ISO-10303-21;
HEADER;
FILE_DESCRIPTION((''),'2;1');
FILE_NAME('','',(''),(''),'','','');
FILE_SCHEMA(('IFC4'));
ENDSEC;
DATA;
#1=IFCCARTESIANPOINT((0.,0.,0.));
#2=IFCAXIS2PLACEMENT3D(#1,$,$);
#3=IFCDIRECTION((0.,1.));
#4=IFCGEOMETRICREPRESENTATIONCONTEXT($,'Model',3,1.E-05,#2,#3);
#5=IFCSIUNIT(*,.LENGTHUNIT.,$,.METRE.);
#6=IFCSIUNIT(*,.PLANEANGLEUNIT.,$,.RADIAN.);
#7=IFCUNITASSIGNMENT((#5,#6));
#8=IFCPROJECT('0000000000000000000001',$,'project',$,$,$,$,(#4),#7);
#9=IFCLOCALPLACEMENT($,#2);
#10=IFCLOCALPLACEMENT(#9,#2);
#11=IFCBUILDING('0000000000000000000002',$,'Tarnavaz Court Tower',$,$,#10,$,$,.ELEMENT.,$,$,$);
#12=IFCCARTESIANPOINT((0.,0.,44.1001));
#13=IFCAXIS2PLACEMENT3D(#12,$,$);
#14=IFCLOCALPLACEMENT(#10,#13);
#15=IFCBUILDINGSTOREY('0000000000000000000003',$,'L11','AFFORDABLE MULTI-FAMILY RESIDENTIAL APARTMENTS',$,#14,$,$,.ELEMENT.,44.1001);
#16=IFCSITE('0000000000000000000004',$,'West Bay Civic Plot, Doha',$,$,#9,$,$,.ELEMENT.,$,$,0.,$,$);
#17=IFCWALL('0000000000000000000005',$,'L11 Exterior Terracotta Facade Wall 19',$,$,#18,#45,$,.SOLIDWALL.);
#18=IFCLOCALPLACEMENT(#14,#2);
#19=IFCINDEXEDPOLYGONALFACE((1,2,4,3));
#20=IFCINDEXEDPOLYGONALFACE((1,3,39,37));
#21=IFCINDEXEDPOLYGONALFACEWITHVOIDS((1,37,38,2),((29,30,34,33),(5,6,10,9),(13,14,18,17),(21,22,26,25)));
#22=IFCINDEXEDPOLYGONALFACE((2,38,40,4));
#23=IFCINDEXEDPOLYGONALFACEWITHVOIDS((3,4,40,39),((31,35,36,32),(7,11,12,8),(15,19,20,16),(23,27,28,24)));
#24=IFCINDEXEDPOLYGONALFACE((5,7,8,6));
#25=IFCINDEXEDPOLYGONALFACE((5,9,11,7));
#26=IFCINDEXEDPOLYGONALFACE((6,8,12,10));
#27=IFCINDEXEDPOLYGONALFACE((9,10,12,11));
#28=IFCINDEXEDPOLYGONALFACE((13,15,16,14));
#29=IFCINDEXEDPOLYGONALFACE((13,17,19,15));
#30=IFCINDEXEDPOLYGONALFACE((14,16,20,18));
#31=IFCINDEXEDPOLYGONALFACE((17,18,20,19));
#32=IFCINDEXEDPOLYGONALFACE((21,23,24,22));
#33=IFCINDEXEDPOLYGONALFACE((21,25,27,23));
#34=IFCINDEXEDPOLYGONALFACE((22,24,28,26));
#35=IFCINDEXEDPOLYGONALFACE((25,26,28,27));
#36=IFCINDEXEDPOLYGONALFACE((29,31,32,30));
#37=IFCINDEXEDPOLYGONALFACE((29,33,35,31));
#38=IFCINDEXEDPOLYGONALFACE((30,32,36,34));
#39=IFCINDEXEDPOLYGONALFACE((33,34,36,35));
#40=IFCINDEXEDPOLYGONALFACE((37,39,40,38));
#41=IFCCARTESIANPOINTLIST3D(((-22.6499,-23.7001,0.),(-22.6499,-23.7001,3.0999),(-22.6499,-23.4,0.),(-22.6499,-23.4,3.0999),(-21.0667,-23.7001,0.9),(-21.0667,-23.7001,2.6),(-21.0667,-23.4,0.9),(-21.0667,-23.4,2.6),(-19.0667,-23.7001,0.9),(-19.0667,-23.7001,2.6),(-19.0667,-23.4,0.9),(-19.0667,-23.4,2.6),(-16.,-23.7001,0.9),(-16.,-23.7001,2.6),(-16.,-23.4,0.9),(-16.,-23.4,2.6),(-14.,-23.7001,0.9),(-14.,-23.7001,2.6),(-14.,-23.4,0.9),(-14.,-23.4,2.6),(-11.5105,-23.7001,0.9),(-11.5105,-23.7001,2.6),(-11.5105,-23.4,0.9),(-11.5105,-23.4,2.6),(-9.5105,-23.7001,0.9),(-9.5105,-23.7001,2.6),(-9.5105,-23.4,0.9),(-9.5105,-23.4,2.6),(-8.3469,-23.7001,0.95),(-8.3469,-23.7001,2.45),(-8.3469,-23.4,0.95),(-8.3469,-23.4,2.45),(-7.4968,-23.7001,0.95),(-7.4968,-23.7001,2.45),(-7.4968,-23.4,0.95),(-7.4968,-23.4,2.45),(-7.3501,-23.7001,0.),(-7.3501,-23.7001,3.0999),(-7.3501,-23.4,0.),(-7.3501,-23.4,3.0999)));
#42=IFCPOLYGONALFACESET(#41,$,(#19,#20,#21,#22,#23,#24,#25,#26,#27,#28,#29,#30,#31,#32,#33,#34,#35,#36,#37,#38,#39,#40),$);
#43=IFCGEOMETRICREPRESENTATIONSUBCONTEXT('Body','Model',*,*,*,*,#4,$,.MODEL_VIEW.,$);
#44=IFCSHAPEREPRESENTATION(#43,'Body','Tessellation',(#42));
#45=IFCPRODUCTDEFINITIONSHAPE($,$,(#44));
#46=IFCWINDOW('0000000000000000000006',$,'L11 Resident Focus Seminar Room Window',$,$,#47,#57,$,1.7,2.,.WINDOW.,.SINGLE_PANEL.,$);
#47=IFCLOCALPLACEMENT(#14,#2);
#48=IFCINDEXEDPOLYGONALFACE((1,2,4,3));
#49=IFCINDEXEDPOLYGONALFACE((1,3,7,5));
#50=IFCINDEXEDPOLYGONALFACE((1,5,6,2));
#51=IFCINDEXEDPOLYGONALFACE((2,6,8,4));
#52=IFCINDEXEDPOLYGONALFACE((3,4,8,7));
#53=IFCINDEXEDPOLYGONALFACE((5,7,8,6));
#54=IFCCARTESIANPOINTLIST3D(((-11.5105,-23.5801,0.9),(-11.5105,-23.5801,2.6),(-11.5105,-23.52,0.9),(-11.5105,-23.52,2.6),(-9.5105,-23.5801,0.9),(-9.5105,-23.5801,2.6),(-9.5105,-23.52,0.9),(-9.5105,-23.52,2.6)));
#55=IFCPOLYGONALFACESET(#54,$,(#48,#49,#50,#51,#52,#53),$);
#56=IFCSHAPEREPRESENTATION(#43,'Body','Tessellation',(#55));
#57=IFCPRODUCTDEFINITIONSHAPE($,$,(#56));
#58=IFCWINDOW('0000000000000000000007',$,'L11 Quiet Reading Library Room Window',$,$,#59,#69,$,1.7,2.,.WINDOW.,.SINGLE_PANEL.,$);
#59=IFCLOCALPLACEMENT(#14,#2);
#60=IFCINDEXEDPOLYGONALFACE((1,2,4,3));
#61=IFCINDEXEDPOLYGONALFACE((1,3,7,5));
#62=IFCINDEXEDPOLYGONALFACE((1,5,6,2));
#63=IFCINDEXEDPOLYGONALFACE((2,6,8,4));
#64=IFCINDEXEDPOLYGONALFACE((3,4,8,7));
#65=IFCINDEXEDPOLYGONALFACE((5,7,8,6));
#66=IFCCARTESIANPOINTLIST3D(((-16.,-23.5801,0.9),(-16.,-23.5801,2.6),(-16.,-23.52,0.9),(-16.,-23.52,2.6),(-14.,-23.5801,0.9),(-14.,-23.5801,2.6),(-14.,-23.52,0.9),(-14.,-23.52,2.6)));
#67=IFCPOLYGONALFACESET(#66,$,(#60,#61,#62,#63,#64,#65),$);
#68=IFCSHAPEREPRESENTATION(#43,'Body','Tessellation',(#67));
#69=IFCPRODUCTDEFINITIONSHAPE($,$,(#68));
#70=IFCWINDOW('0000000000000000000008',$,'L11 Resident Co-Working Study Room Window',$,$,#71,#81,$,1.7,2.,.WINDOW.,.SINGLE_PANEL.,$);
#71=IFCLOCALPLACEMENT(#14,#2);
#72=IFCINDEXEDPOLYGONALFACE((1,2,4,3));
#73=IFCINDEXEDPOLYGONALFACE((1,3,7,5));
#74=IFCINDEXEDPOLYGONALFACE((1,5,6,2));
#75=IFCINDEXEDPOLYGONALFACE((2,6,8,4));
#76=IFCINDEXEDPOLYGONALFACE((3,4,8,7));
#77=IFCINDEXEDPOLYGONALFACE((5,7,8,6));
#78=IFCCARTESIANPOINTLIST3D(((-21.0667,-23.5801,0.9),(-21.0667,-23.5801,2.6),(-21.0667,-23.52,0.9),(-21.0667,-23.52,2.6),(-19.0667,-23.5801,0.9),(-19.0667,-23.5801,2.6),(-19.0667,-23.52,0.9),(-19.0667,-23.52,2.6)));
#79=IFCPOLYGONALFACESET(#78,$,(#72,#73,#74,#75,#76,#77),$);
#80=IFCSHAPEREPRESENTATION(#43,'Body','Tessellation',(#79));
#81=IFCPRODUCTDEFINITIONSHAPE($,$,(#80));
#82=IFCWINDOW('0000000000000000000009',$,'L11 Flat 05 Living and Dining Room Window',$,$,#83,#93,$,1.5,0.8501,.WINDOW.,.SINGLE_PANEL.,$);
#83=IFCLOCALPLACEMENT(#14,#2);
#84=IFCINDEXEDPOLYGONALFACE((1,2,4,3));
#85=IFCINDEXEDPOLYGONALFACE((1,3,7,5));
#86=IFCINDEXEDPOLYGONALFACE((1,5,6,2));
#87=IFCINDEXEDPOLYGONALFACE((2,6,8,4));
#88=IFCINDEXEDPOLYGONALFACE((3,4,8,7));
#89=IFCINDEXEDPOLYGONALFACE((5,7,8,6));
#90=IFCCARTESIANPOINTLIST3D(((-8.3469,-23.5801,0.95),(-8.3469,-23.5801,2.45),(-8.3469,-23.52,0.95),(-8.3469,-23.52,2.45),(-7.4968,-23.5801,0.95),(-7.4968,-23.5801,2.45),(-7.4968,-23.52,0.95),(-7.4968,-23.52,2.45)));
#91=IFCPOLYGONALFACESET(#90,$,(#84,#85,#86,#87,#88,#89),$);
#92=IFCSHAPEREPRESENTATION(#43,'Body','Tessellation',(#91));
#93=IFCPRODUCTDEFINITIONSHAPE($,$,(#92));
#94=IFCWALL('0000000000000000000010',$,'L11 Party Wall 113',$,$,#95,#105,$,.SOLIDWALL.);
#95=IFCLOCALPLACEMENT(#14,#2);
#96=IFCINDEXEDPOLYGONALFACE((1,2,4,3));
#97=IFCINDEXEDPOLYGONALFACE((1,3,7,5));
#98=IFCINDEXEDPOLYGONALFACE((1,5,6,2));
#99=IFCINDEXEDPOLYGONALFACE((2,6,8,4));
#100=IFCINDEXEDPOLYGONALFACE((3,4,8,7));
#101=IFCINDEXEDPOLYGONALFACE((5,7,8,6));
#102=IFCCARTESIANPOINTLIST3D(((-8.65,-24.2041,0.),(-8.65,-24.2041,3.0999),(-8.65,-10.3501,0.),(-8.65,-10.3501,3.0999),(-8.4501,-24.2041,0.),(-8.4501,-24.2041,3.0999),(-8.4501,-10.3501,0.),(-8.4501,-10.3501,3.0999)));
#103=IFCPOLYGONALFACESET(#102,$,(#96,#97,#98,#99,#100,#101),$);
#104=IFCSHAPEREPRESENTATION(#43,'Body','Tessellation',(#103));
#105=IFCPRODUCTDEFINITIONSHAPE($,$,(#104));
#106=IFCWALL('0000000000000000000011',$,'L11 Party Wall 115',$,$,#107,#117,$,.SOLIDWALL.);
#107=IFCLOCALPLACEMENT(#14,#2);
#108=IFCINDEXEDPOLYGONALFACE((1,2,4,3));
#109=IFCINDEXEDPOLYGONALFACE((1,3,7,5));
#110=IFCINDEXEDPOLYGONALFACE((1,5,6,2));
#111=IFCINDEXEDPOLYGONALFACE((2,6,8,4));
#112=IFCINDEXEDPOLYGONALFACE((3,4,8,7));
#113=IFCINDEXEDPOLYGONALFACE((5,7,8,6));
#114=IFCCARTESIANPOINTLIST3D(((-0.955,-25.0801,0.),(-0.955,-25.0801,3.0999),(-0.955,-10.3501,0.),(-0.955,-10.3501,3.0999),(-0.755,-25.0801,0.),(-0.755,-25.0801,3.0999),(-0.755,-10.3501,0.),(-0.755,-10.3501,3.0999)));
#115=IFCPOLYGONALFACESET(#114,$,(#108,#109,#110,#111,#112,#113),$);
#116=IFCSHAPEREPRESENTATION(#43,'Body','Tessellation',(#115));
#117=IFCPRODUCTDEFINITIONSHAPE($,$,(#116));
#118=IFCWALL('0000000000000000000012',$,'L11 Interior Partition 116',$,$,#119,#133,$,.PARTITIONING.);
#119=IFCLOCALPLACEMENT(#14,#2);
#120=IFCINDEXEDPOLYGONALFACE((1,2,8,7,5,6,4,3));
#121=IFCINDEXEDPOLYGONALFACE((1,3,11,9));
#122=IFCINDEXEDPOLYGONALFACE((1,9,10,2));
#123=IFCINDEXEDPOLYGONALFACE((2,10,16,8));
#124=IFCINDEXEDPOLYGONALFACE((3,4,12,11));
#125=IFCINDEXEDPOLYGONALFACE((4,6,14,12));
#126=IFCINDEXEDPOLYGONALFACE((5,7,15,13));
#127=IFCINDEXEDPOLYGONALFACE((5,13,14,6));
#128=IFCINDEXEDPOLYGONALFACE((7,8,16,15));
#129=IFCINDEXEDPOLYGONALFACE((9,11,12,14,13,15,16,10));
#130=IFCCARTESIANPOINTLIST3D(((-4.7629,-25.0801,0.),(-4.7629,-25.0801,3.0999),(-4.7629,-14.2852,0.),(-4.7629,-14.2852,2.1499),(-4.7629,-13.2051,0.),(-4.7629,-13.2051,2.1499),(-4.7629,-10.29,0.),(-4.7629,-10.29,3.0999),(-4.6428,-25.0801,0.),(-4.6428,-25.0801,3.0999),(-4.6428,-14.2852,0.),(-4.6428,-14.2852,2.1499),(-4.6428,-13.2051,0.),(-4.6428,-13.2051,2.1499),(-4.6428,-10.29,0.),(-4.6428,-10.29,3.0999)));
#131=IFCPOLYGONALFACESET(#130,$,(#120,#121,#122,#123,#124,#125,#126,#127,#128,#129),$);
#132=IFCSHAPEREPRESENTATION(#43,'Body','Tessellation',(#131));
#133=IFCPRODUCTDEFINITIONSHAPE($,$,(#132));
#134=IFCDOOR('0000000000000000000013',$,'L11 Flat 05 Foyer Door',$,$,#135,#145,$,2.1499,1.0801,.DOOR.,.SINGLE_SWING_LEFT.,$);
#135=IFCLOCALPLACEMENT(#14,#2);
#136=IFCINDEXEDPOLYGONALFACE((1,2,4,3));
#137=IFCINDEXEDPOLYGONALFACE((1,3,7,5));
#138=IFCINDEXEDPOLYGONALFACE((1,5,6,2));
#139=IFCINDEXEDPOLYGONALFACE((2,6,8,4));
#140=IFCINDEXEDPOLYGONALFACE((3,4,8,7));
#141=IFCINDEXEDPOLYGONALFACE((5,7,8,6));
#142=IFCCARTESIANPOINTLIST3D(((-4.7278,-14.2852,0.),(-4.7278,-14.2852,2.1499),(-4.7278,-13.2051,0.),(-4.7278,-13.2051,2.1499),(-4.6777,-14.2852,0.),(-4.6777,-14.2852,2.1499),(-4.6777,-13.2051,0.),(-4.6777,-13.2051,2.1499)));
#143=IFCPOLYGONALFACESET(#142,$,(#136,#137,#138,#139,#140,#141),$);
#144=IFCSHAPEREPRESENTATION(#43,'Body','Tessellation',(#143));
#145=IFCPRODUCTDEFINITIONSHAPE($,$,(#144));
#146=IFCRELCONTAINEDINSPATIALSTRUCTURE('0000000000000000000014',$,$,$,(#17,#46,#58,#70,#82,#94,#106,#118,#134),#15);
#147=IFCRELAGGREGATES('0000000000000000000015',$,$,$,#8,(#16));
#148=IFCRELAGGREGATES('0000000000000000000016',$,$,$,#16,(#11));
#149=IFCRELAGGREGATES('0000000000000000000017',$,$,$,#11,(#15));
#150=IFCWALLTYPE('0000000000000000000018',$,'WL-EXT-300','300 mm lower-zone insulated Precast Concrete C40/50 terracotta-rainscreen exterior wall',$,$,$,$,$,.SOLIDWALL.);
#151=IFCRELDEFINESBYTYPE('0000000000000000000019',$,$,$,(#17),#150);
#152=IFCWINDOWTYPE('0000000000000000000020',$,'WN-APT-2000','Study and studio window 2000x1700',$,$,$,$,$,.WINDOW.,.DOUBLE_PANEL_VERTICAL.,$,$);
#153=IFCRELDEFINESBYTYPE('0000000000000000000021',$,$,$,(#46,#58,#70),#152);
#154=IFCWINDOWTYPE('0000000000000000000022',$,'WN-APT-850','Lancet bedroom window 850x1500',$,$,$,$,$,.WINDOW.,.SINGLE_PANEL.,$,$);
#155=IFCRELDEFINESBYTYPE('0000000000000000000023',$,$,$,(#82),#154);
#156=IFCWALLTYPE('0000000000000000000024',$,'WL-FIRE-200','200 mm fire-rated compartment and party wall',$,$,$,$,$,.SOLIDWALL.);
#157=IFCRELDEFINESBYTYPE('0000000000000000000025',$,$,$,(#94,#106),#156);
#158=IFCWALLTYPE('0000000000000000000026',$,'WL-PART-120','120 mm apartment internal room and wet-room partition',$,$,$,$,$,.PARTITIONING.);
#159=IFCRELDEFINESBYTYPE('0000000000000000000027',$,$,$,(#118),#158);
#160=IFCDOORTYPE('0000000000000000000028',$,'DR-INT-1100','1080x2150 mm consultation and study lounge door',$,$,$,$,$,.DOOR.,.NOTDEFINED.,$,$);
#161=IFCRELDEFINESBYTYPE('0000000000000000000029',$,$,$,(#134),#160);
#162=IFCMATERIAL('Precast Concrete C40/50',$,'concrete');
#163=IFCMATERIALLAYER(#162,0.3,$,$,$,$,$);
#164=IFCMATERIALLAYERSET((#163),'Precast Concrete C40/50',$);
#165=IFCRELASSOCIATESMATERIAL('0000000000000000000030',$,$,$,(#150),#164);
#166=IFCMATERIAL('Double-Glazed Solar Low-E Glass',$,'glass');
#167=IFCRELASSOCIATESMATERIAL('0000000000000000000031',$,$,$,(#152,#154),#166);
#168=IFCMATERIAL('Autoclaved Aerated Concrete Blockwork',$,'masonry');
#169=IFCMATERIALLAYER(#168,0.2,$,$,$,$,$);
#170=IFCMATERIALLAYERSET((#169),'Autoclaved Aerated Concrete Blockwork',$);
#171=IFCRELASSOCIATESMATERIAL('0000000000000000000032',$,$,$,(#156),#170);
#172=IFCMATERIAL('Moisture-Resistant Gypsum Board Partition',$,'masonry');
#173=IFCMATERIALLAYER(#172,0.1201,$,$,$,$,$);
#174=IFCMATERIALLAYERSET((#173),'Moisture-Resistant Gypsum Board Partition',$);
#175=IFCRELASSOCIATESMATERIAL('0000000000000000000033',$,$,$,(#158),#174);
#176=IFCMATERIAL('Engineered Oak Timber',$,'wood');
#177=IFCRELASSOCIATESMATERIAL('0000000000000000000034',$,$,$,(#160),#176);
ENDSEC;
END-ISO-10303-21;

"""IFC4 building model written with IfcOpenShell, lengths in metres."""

from ifc_helpers import new_model, si_unit, direction, frame, frame_2d, origin, place, context, subcontext, project, spatial, rectangle, extrude, material, layer, layer_set, type_object, element, fill, save


model = new_model("IFC4")

# Units and contexts
model_context = context("Model", 3, precision=1e-05, world=origin(), true_north=direction((0.0, 1.0)))
body_context = subcontext(model_context, "Body", "Model", "MODEL_VIEW")
ifc_project = project(units=[si_unit("LENGTHUNIT", "METRE"), si_unit("PLANEANGLEUNIT", "RADIAN")], contexts=[model_context])

# Site, building, storey
site_placement = place(None, origin())
site = spatial("IfcSite", under=ifc_project, at=site_placement, Name="West Bay Civic Plot, Doha", CompositionType="ELEMENT", RefElevation=0.0)
building_placement = place(site_placement, origin())
building = spatial("IfcBuilding", under=site, at=building_placement, Name="Tarnavaz Court Tower", CompositionType="ELEMENT")
storey_placement = place(building_placement, frame((0.0, 0.0, 44.1001)))
storey = spatial("IfcBuildingStorey", under=building, at=storey_placement, Name="L11", Description="AFFORDABLE MULTI-FAMILY RESIDENTIAL APARTMENTS", CompositionType="ELEMENT", Elevation=44.1001)

# Shared definitions
ifc_material_1 = material(Name="Double-Glazed Solar Low-E Glass", Category="glass")

# Shared definitions
ifc_material_2 = material(Name="Precast Concrete C40/50", Category="concrete")
ifc_layer_1 = layer(ifc_material_2, 0.3)
ifc_layer_set_1 = layer_set([ifc_layer_1], Name="Precast Concrete C40/50")
wall_type_1 = type_object("IfcWallType", Name="WL-EXT-300", Description="300 mm lower-zone insulated Precast Concrete C40/50 terracotta-rainscreen exterior wall", PredefinedType="SOLIDWALL", material=ifc_layer_set_1)

# Wall, openings, windows
wall_1_placement = place(storey_placement, frame((-7.3501, -23.55, 0.0), z_axis=(0.0, 0.0, 1.0), x_axis=(-1.0, 0.0, 0.0)))
wall_1 = element("IfcWall", 1, at=wall_1_placement, inside=storey, type_object=wall_type_1, Name="L11 Exterior Terracotta Facade Wall 19", PredefinedType="SOLIDWALL", context=body_context, shape_type="SweptSolid", body=[
    extrude(rectangle(XDim=15.2998, YDim=0.3, at=frame_2d((7.6499, 0.0))), origin(), (0.0, 0.0, 1.0), 3.0999),
])
opening_1_placement = place(wall_1_placement, frame((0.1467, 0.0, 0.95)))
opening_1 = element("IfcOpeningElement", 2, at=opening_1_placement, cuts=wall_1, PredefinedType="OPENING", context=body_context, shape_type="SweptSolid", body=[
    extrude(rectangle(XDim=0.8501, YDim=1.5, at=frame_2d((0.425, 0.75))), frame((0.0, 0.1599, 0.0), z_axis=(0.0, -1.0, 0.0), x_axis=(1.0, 0.0, 0.0)), (0.0, 0.0, 1.0), 0.3201),
])
opening_2_placement = place(wall_1_placement, frame((2.1604, 0.0, 0.8999)))
opening_2 = element("IfcOpeningElement", 3, at=opening_2_placement, cuts=wall_1, PredefinedType="OPENING", context=body_context, shape_type="SweptSolid", body=[
    extrude(rectangle(XDim=2.0, YDim=1.7, at=frame_2d((1.0, 0.8501))), frame((0.0, 0.1599, 0.0), z_axis=(0.0, -1.0, 0.0), x_axis=(1.0, 0.0, 0.0)), (0.0, 0.0, 1.0), 0.3201),
])
opening_3_placement = place(wall_1_placement, frame((6.6499, 0.0, 0.8999)))
opening_3 = element("IfcOpeningElement", 4, at=opening_3_placement, cuts=wall_1, PredefinedType="OPENING", context=body_context, shape_type="SweptSolid", body=[
    extrude(rectangle(XDim=2.0, YDim=1.7, at=frame_2d((1.0, 0.8501))), frame((0.0, 0.1599, 0.0), z_axis=(0.0, -1.0, 0.0), x_axis=(1.0, 0.0, 0.0)), (0.0, 0.0, 1.0), 0.3201),
])
opening_4_placement = place(wall_1_placement, frame((11.7166, 0.0, 0.8999)))
opening_4 = element("IfcOpeningElement", 5, at=opening_4_placement, cuts=wall_1, PredefinedType="OPENING", context=body_context, shape_type="SweptSolid", body=[
    extrude(rectangle(XDim=2.0, YDim=1.7, at=frame_2d((1.0, 0.8501))), frame((0.0, 0.1599, 0.0), z_axis=(0.0, -1.0, 0.0), x_axis=(1.0, 0.0, 0.0)), (0.0, 0.0, 1.0), 0.3201),
])
window_type_1 = type_object("IfcWindowType", Name="WN-APT-2000", Description="Study and studio window 2000x1700", PartitioningType="DOUBLE_PANEL_VERTICAL", PredefinedType="WINDOW", material=ifc_material_1)
window_1_placement = place(opening_2_placement, origin())
window_1 = element("IfcWindow", 6, at=window_1_placement, inside=storey, type_object=window_type_1, Name="L11 Resident Focus Seminar Room Window", OverallHeight=1.7, OverallWidth=2.0, PartitioningType="SINGLE_PANEL", PredefinedType="WINDOW", context=body_context, shape_type="SweptSolid", body=[
    extrude(rectangle(XDim=2.0, YDim=1.7, at=frame_2d((1.0, 0.8501))), frame((0.0, 0.03, 0.0), z_axis=(0.0, -1.0, 0.0), x_axis=(1.0, 0.0, 0.0)), (0.0, 0.0, 1.0), 0.0601),
])
fill(opening_2, window_1)
window_2_placement = place(opening_3_placement, origin())
window_2 = element("IfcWindow", 7, at=window_2_placement, inside=storey, type_object=window_type_1, Name="L11 Quiet Reading Library Room Window", OverallHeight=1.7, OverallWidth=2.0, PartitioningType="SINGLE_PANEL", PredefinedType="WINDOW", context=body_context, shape_type="SweptSolid", body=[
    extrude(rectangle(XDim=2.0, YDim=1.7, at=frame_2d((1.0, 0.8501))), frame((0.0, 0.03, 0.0), z_axis=(0.0, -1.0, 0.0), x_axis=(1.0, 0.0, 0.0)), (0.0, 0.0, 1.0), 0.0601),
])
fill(opening_3, window_2)
window_3_placement = place(opening_4_placement, origin())
window_3 = element("IfcWindow", 8, at=window_3_placement, inside=storey, type_object=window_type_1, Name="L11 Resident Co-Working Study Room Window", OverallHeight=1.7, OverallWidth=2.0, PartitioningType="SINGLE_PANEL", PredefinedType="WINDOW", context=body_context, shape_type="SweptSolid", body=[
    extrude(rectangle(XDim=2.0, YDim=1.7, at=frame_2d((1.0, 0.8501))), frame((0.0, 0.03, 0.0), z_axis=(0.0, -1.0, 0.0), x_axis=(1.0, 0.0, 0.0)), (0.0, 0.0, 1.0), 0.0601),
])
fill(opening_4, window_3)
window_type_2 = type_object("IfcWindowType", Name="WN-APT-850", Description="Lancet bedroom window 850x1500", PartitioningType="SINGLE_PANEL", PredefinedType="WINDOW", material=ifc_material_1)
window_4_placement = place(opening_1_placement, origin())
window_4 = element("IfcWindow", 9, at=window_4_placement, inside=storey, type_object=window_type_2, Name="L11 Flat 05 Living and Dining Room Window", OverallHeight=1.5, OverallWidth=0.8501, PartitioningType="SINGLE_PANEL", PredefinedType="WINDOW", context=body_context, shape_type="SweptSolid", body=[
    extrude(rectangle(XDim=0.8501, YDim=1.5, at=frame_2d((0.425, 0.75))), frame((0.0, 0.03, 0.0), z_axis=(0.0, -1.0, 0.0), x_axis=(1.0, 0.0, 0.0)), (0.0, 0.0, 1.0), 0.0601),
])
fill(opening_1, window_4)

# Walls
ifc_material_3 = material(Name="Autoclaved Aerated Concrete Blockwork", Category="masonry")
ifc_layer_2 = layer(ifc_material_3, 0.2)
ifc_layer_set_2 = layer_set([ifc_layer_2], Name="Autoclaved Aerated Concrete Blockwork")
wall_type_2 = type_object("IfcWallType", Name="WL-FIRE-200", Description="200 mm fire-rated compartment and party wall", PredefinedType="SOLIDWALL", material=ifc_layer_set_2)
wall_2_placement = place(storey_placement, frame((-8.55, -24.2041, 0.0), z_axis=(0.0, 0.0, 1.0), x_axis=(0.0, 1.0, 0.0)))
element("IfcWall", 10, at=wall_2_placement, inside=storey, type_object=wall_type_2, Name="L11 Party Wall 113", PredefinedType="SOLIDWALL", context=body_context, shape_type="SweptSolid", body=[
    extrude(rectangle(XDim=13.854, YDim=0.2, at=frame_2d((6.927, 0.0))), origin(), (0.0, 0.0, 1.0), 3.0999),
])
wall_3_placement = place(storey_placement, frame((-0.855, -25.0801, 0.0), z_axis=(0.0, 0.0, 1.0), x_axis=(0.0, 1.0, 0.0)))
element("IfcWall", 11, at=wall_3_placement, inside=storey, type_object=wall_type_2, Name="L11 Party Wall 115", PredefinedType="SOLIDWALL", context=body_context, shape_type="SweptSolid", body=[
    extrude(rectangle(XDim=14.73, YDim=0.2, at=frame_2d((7.365, 0.0))), origin(), (0.0, 0.0, 1.0), 3.0999),
])

# Wall, opening, door
ifc_material_4 = material(Name="Moisture-Resistant Gypsum Board Partition", Category="masonry")
ifc_layer_3 = layer(ifc_material_4, 0.1201)
ifc_layer_set_3 = layer_set([ifc_layer_3], Name="Moisture-Resistant Gypsum Board Partition")
wall_type_3 = type_object("IfcWallType", Name="WL-PART-120", Description="120 mm apartment internal room and wet-room partition", PredefinedType="PARTITIONING", material=ifc_layer_set_3)
wall_4_placement = place(storey_placement, frame((-4.7029, -25.0801, 0.0), z_axis=(0.0, 0.0, 1.0), x_axis=(0.0, 1.0, 0.0)))
wall_4 = element("IfcWall", 12, at=wall_4_placement, inside=storey, type_object=wall_type_3, Name="L11 Interior Partition 116", PredefinedType="PARTITIONING", context=body_context, shape_type="SweptSolid", body=[
    extrude(rectangle(XDim=14.79, YDim=0.1201, at=frame_2d((7.395, 0.0))), origin(), (0.0, 0.0, 1.0), 3.0999),
])
opening_5_placement = place(wall_4_placement, frame((10.7949, 0.0, 0.0)))
opening_5 = element("IfcOpeningElement", 13, at=opening_5_placement, cuts=wall_4, PredefinedType="OPENING", context=body_context, shape_type="SweptSolid", body=[
    extrude(rectangle(XDim=1.0801, YDim=2.1499, at=frame_2d((0.54, 1.075))), frame((0.0, 0.0701, 0.0), z_axis=(0.0, -1.0, 0.0), x_axis=(1.0, 0.0, 0.0)), (0.0, 0.0, 1.0), 0.1401),
])
ifc_material_5 = material(Name="Engineered Oak Timber", Category="wood")
door_type_1 = type_object("IfcDoorType", Name="DR-INT-1100", Description="1080x2150 mm consultation and study lounge door", OperationType="NOTDEFINED", PredefinedType="DOOR", material=ifc_material_5)
door_1_placement = place(opening_5_placement, origin())
door_1 = element("IfcDoor", 14, at=door_1_placement, inside=storey, type_object=door_type_1, Name="L11 Flat 05 Foyer Door", OperationType="SINGLE_SWING_LEFT", OverallHeight=2.1499, OverallWidth=1.0801, PredefinedType="DOOR", context=body_context, shape_type="SweptSolid", body=[
    extrude(rectangle(XDim=1.0801, YDim=2.1499, at=frame_2d((0.54, 1.075))), frame((0.0, 0.0249, 0.0), z_axis=(0.0, -1.0, 0.0), x_axis=(1.0, 0.0, 0.0)), (0.0, 0.0, 1.0), 0.05),
])
fill(opening_5, door_1)

save(model, "model.ifc")
